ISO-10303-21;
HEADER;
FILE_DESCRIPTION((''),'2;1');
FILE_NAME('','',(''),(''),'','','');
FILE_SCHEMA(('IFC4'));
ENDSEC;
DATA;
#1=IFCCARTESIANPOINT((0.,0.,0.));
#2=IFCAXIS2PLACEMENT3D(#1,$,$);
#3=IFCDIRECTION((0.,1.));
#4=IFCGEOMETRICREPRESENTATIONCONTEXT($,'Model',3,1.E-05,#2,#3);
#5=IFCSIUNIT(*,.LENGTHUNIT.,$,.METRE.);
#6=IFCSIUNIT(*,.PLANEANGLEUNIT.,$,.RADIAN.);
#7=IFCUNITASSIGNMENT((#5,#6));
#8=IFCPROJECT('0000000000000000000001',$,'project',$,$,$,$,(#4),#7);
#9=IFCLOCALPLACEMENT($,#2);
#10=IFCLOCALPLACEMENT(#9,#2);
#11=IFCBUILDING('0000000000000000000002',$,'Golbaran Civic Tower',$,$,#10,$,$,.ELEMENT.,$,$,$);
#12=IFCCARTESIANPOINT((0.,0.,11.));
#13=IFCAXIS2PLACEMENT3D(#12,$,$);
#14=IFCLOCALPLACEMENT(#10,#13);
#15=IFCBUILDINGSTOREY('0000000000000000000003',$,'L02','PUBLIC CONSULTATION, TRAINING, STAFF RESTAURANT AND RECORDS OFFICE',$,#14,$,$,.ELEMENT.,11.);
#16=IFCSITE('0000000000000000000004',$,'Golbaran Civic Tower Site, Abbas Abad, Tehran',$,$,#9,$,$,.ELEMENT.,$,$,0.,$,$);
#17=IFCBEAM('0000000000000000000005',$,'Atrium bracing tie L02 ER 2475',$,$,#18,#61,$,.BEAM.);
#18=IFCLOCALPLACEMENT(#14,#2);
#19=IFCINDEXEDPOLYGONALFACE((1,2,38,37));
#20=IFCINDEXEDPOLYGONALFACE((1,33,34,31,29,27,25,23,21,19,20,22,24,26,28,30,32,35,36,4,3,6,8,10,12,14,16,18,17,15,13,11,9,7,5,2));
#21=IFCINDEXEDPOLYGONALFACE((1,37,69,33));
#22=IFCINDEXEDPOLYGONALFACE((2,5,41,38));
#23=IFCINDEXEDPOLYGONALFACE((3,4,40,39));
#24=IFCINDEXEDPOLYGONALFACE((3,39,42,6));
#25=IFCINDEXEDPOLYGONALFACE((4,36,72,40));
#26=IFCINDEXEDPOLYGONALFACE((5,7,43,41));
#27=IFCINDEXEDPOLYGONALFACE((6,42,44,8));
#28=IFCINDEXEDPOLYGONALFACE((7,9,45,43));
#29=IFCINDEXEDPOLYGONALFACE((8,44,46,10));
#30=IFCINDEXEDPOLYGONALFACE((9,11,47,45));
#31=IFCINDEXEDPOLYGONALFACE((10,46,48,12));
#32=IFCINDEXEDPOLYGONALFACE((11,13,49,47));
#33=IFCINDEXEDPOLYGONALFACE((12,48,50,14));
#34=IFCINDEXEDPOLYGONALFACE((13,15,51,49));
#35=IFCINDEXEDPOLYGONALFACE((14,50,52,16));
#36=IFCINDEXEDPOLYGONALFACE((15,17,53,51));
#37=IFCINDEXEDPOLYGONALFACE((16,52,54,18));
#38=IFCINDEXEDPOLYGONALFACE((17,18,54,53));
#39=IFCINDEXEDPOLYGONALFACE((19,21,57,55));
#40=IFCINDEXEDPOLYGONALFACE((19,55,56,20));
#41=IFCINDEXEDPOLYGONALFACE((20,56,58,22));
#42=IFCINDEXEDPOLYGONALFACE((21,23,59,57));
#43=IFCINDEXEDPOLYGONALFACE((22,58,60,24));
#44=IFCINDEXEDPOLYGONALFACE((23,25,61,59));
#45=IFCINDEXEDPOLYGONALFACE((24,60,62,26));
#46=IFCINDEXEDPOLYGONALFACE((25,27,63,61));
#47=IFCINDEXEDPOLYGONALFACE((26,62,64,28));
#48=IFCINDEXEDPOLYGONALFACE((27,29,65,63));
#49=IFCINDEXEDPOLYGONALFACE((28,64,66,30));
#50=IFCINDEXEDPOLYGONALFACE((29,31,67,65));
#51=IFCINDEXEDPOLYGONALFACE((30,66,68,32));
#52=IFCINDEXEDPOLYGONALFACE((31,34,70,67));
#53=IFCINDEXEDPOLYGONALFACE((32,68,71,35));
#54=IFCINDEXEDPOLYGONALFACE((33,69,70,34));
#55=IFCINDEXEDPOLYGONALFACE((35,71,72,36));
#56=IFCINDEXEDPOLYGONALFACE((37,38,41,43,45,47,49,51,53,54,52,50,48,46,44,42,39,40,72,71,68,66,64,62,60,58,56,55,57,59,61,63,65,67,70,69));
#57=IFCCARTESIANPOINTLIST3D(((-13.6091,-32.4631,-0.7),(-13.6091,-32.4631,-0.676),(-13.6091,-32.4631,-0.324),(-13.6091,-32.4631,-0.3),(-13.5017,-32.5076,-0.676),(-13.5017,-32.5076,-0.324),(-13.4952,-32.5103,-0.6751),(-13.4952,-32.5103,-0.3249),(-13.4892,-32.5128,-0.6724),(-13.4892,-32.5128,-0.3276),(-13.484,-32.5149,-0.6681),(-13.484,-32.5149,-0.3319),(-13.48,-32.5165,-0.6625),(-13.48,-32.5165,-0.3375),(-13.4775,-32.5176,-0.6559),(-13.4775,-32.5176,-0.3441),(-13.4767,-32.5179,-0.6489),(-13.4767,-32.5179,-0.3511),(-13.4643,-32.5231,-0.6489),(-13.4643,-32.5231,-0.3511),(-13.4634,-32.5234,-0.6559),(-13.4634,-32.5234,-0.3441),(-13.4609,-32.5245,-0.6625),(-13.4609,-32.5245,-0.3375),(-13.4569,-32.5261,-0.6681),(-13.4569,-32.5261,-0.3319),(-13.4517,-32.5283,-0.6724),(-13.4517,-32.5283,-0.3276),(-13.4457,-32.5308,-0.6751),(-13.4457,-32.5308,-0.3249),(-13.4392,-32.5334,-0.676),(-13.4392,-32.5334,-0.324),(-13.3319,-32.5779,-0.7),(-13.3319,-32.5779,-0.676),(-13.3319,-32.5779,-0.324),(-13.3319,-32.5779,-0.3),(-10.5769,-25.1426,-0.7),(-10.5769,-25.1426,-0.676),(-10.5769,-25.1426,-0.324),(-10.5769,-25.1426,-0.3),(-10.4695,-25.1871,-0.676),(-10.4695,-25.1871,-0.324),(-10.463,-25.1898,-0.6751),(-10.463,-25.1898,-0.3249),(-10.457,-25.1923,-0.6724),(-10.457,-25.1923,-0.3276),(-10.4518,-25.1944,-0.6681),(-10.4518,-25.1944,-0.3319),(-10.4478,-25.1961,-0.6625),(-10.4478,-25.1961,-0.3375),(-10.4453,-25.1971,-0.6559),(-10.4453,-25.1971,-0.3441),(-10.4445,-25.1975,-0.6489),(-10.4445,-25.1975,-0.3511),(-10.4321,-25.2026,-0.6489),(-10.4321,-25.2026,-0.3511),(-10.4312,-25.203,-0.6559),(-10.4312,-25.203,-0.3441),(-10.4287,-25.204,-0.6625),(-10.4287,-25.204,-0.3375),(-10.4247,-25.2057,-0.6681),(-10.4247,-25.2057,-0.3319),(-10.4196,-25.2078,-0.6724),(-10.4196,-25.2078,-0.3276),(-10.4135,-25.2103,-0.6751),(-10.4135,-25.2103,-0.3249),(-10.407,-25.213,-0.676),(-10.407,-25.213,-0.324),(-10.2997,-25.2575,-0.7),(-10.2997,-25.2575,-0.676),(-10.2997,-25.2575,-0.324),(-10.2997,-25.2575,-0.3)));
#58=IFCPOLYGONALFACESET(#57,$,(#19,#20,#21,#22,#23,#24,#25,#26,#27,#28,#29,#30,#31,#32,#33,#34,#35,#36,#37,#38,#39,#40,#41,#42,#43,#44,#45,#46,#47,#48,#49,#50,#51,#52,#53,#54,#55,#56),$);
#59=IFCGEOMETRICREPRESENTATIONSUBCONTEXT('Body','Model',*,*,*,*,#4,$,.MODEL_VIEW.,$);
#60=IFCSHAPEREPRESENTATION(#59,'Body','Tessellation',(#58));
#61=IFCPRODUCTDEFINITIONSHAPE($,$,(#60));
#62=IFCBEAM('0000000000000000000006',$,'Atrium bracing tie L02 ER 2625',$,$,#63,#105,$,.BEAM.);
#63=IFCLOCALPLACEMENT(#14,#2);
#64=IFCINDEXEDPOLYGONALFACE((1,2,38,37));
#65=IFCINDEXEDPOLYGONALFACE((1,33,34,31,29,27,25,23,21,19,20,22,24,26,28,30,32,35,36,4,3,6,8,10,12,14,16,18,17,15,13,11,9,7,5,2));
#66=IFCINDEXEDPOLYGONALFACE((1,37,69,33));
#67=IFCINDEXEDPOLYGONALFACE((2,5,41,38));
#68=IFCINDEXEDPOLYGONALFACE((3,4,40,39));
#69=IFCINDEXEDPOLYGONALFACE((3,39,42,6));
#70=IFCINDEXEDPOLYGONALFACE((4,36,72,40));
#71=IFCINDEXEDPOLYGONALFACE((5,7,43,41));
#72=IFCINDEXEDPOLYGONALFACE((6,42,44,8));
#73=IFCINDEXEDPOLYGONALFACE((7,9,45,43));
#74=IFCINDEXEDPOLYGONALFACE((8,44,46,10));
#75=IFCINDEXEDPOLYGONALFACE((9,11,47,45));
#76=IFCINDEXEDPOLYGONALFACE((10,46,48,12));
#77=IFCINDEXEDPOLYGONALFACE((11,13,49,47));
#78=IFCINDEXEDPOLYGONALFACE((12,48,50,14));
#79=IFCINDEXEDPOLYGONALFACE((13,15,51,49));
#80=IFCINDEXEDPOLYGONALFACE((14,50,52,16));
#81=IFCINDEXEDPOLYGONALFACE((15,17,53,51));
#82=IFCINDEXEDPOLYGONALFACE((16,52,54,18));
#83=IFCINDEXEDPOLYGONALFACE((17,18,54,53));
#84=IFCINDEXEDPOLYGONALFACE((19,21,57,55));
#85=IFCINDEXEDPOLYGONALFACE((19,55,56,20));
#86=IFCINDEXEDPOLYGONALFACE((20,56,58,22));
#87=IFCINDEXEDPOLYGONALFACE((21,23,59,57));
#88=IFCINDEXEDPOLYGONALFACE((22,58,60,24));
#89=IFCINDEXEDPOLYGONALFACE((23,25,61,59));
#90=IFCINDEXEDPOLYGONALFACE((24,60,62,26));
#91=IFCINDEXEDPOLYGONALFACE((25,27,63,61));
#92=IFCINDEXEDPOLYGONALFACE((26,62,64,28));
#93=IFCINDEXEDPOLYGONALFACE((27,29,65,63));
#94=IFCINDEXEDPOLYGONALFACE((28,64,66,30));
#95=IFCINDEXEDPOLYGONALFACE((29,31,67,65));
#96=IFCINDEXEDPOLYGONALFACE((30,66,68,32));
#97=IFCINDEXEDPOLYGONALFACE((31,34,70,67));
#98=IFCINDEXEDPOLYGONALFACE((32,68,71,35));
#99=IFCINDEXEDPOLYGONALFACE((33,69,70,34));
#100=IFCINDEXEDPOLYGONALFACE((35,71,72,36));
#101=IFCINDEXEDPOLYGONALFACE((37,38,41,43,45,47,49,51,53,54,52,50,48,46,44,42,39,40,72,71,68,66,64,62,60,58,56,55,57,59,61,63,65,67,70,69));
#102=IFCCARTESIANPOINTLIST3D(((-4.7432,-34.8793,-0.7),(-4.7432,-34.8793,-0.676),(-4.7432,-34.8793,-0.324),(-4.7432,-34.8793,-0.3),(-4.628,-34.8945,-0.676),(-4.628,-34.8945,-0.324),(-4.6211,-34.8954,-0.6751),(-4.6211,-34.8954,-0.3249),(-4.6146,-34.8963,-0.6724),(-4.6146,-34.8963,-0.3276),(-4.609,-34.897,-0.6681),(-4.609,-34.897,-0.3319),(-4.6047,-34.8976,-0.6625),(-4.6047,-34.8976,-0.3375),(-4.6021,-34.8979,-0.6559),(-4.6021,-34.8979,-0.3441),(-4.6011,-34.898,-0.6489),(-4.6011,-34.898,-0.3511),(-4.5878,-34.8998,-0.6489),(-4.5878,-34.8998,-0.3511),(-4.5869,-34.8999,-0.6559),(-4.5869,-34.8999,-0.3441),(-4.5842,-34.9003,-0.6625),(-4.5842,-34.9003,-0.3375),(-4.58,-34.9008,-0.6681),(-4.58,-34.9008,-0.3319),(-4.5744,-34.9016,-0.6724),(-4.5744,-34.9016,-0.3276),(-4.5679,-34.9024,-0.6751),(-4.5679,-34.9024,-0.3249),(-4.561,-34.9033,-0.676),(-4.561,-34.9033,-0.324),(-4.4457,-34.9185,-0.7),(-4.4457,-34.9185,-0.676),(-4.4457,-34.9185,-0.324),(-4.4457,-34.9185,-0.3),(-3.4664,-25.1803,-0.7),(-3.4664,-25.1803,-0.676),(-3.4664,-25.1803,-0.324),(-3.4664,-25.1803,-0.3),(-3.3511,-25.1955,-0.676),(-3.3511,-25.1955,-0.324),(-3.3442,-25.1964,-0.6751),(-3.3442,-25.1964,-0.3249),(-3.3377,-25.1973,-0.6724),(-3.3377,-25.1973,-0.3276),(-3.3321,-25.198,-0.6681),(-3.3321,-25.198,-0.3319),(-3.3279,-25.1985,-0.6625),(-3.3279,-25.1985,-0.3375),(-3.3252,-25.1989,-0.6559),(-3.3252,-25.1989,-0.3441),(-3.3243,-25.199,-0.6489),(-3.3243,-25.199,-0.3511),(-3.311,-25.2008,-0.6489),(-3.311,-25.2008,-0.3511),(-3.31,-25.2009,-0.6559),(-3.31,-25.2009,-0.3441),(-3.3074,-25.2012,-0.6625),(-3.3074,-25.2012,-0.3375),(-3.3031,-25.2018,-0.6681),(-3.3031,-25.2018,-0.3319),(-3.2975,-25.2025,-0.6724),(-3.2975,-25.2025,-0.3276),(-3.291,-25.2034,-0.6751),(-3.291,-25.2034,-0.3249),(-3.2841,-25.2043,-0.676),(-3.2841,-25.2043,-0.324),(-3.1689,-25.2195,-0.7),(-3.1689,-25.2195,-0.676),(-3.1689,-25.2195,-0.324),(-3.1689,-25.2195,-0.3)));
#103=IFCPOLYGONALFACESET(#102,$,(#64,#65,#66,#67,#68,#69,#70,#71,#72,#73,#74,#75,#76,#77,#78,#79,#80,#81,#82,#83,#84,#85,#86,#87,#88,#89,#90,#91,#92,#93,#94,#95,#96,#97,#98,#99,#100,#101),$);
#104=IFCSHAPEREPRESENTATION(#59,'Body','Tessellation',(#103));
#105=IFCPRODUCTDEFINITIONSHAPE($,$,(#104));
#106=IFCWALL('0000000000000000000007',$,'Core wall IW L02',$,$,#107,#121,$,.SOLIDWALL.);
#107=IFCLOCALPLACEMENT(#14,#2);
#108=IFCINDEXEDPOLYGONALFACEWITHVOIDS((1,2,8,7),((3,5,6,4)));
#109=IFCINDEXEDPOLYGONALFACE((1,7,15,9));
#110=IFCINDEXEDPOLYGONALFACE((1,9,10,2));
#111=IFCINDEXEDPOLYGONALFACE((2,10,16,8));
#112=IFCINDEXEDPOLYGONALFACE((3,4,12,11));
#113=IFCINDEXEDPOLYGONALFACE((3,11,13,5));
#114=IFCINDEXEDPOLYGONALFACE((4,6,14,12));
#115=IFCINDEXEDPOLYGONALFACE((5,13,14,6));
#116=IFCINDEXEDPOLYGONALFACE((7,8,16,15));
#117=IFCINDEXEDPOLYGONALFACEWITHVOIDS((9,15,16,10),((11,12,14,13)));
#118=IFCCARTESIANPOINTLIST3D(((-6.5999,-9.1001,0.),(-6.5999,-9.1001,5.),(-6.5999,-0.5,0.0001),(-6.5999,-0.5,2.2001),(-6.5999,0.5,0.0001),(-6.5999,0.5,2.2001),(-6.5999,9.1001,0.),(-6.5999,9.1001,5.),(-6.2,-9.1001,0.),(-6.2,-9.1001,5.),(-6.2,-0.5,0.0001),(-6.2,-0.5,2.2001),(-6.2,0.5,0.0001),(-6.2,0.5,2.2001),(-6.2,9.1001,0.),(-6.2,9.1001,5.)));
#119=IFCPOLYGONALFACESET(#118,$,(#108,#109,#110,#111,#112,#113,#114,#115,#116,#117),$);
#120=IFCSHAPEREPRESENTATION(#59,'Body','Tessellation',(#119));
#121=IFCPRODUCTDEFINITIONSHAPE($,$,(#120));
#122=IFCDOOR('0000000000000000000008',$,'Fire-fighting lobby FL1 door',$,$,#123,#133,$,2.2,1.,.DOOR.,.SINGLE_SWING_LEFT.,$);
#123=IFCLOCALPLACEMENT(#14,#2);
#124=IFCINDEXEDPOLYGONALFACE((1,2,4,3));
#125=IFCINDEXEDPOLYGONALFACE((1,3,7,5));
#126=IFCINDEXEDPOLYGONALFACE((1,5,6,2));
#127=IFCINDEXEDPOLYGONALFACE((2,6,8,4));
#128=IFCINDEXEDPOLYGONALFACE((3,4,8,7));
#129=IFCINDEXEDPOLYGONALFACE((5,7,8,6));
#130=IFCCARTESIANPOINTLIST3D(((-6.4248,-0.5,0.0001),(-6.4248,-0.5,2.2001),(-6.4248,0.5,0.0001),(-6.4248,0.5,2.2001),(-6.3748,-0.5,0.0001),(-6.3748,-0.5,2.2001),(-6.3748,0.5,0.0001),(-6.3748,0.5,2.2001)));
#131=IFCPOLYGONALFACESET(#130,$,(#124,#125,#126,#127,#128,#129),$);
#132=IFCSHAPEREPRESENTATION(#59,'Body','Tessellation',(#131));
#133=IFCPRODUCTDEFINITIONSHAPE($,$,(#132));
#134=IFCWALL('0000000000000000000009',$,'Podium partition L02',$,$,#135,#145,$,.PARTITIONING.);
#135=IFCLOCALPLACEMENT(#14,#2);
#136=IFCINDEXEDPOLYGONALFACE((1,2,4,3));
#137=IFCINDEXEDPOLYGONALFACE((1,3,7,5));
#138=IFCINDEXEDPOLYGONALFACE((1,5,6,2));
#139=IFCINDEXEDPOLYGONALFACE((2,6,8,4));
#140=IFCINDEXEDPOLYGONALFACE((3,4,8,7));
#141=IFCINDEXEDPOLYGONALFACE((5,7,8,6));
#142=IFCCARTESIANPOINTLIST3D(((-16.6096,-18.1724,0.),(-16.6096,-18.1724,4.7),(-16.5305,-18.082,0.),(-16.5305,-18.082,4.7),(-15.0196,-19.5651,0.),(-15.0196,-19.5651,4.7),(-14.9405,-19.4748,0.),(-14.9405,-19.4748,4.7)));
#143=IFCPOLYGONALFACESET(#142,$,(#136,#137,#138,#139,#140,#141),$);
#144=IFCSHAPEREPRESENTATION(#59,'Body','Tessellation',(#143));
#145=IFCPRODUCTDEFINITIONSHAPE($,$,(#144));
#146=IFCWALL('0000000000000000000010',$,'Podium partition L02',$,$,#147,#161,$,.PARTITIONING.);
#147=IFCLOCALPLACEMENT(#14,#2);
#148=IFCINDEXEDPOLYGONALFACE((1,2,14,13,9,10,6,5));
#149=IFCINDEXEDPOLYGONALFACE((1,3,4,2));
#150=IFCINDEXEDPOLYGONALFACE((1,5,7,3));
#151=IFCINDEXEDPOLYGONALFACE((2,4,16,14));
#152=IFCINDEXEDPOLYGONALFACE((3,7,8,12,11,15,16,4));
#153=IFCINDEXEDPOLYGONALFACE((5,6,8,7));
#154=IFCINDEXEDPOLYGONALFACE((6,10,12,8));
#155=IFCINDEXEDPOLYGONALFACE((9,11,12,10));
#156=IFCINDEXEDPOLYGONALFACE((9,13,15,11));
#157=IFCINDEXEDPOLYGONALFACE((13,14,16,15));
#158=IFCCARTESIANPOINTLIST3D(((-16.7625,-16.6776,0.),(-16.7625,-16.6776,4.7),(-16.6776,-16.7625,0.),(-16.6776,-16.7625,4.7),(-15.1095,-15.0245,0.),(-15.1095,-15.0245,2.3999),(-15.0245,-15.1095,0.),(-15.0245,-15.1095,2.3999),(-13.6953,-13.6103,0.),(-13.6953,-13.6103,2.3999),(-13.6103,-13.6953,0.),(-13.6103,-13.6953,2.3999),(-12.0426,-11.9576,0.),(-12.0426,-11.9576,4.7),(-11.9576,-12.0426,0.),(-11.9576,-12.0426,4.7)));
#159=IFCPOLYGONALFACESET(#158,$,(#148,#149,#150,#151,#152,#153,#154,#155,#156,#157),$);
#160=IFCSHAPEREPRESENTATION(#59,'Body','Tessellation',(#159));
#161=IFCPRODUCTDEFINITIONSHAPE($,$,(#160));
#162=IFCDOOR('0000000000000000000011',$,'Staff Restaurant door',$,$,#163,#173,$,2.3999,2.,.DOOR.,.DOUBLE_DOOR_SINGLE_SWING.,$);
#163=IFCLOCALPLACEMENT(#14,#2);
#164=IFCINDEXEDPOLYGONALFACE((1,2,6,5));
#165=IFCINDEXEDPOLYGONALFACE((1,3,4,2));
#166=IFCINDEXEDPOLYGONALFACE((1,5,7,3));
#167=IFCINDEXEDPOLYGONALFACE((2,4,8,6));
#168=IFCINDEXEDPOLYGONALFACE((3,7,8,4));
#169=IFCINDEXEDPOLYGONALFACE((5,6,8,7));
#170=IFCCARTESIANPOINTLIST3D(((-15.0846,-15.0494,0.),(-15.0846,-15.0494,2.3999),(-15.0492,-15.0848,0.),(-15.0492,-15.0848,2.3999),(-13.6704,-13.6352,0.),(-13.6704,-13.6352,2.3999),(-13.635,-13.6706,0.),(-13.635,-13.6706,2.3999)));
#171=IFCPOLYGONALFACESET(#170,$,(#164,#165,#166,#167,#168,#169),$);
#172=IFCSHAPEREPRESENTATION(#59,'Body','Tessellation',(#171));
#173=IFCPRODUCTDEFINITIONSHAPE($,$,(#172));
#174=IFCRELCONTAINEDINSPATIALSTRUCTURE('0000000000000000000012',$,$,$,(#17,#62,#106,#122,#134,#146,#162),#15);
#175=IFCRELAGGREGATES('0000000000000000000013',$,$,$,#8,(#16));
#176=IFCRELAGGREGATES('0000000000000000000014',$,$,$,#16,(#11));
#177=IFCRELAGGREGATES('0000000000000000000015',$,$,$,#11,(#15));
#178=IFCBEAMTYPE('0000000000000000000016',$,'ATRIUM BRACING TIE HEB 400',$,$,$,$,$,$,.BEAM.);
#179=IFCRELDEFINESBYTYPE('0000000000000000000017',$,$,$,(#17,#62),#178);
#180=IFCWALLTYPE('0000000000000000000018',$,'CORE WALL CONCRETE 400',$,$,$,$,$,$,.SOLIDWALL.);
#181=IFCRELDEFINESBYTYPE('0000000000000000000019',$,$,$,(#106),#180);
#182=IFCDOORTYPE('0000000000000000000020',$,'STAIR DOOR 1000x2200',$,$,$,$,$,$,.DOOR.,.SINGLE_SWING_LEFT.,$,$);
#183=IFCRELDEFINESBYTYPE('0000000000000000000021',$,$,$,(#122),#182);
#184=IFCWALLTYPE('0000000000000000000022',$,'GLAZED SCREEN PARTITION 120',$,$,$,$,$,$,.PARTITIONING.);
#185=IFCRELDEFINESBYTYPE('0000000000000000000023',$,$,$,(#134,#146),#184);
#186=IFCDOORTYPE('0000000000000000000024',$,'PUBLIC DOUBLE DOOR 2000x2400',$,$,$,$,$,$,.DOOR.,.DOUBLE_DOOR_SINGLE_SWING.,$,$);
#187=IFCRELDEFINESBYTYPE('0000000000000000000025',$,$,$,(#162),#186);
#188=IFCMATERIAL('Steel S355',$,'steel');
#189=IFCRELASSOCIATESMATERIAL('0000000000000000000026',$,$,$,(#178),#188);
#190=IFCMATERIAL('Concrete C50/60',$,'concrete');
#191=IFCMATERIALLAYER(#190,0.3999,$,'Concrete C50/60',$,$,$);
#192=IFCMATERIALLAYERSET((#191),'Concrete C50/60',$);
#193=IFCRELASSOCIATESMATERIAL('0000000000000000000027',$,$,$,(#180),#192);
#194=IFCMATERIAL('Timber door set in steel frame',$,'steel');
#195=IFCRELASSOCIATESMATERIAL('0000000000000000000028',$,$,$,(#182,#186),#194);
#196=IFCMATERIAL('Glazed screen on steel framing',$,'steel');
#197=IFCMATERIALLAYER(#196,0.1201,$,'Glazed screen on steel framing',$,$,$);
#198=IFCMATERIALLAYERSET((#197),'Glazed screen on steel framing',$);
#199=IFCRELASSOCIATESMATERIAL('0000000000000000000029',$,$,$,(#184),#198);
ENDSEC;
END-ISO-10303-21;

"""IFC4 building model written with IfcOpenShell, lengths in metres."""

from ifc_helpers import new_model, si_unit, direction, frame, frame_2d, origin, origin_2d, place, context, subcontext, project, spatial, rectangle, i_section, extrude, material, layer, layer_set, material_profile, profile_set, type_object, element, fill, save


model = new_model("IFC4")

# Units and contexts
model_context = context("Model", 3, precision=1e-05, world=origin(), true_north=direction((0.0, 1.0)))
body_context = subcontext(model_context, "Body", "Model", "MODEL_VIEW")
ifc_project = project(units=[si_unit("LENGTHUNIT", "METRE"), si_unit("PLANEANGLEUNIT", "RADIAN")], contexts=[model_context])

# Site, building, storey
site_placement = place(None, origin())
site = spatial("IfcSite", under=ifc_project, at=site_placement, Name="Golbaran Civic Tower Site, Abbas Abad, Tehran", CompositionType="ELEMENT", RefElevation=0.0)
building_placement = place(site_placement, origin())
building = spatial("IfcBuilding", under=site, at=building_placement, Name="Golbaran Civic Tower", CompositionType="ELEMENT")
storey_placement = place(building_placement, frame((0.0, 0.0, 11.0)))
storey = spatial("IfcBuildingStorey", under=building, at=storey_placement, Name="L02", Description="PUBLIC CONSULTATION, TRAINING, STAFF RESTAURANT AND RECORDS OFFICE", CompositionType="ELEMENT", Elevation=11.0)

# Shared definitions
ifc_material_1 = material(Name="Steel S355", Category="steel")
ifc_material_2 = material(Name="Concrete C50/60", Category="concrete")

# Beams
ifc_material_profile_1 = material_profile(ifc_material_1, i_section(OverallWidth=0.3, OverallDepth=0.3999, WebThickness=0.0134, FlangeThickness=0.0239, FilletRadius=0.0271, at=origin_2d()), Name="HEB 400")
ifc_profile_set_1 = profile_set([ifc_material_profile_1], Name="Steel S355")
beam_type = type_object("IfcBeamType", Name="ATRIUM BRACING TIE HEB 400", PredefinedType="BEAM", material=ifc_profile_set_1)
beam_1_placement = place(storey_placement, frame((-13.4705, -32.5205, -0.5), z_axis=(0.382678, 0.923882, 0.0), x_axis=(-0.923882, 0.382678, 0.0)))
element("IfcBeam", 1, at=beam_1_placement, inside=storey, type_object=beam_type, Name="Atrium bracing tie L02 ER 2475", PredefinedType="BEAM", context=body_context, shape_type="SweptSolid", body=[
    extrude(i_section(OverallWidth=0.3, OverallDepth=0.3999, WebThickness=0.0134, FlangeThickness=0.0239, FilletRadius=0.0271, at=origin_2d()), origin(), (0.0, 0.0, 1.0), 7.9236),
])
beam_2_placement = place(storey_placement, frame((-4.5945, -34.8989, -0.5), z_axis=(0.130522, 0.991445, 0.0), x_axis=(-0.991445, 0.130522, 0.0)))
element("IfcBeam", 2, at=beam_2_placement, inside=storey, type_object=beam_type, Name="Atrium bracing tie L02 ER 2625", PredefinedType="BEAM", context=body_context, shape_type="SweptSolid", body=[
    extrude(i_section(OverallWidth=0.3, OverallDepth=0.3999, WebThickness=0.0134, FlangeThickness=0.0239, FilletRadius=0.0271, at=origin_2d()), origin(), (0.0, 0.0, 1.0), 9.7827),
])

# Wall, opening, door
ifc_layer_1 = layer(ifc_material_2, 0.3999, Name="Concrete C50/60")
ifc_layer_set_1 = layer_set([ifc_layer_1], Name="Concrete C50/60")
wall_type_1 = type_object("IfcWallType", Name="CORE WALL CONCRETE 400", PredefinedType="SOLIDWALL", material=ifc_layer_set_1)
wall_1_placement = place(storey_placement, frame((-6.3999, -9.1001, 0.0), z_axis=(0.0, 0.0, 1.0), x_axis=(0.0, 1.0, 0.0)))
wall_1 = element("IfcWall", 3, at=wall_1_placement, inside=storey, type_object=wall_type_1, Name="Core wall IW L02", PredefinedType="SOLIDWALL", context=body_context, shape_type="SweptSolid", body=[
    extrude(rectangle(XDim=18.2002, YDim=0.3999, at=frame_2d((9.1001, 0.0))), origin(), (0.0, 0.0, 1.0), 5.0),
])
opening_1_placement = place(wall_1_placement, frame((8.6001, 0.0, 0.0)))
opening_1 = element("IfcOpeningElement", 4, at=opening_1_placement, cuts=wall_1, PredefinedType="OPENING", context=body_context, shape_type="SweptSolid", body=[
    extrude(rectangle(XDim=1.0, YDim=2.2, at=frame_2d((0.5, 1.1001))), frame((0.0, 0.21, 0.0), z_axis=(0.0, -1.0, 0.0), x_axis=(1.0, 0.0, 0.0)), (0.0, 0.0, 1.0), 0.4199),
])
ifc_material_3 = material(Name="Timber door set in steel frame", Category="steel")
door_type_1 = type_object("IfcDoorType", Name="STAIR DOOR 1000x2200", OperationType="SINGLE_SWING_LEFT", PredefinedType="DOOR", material=ifc_material_3)
door_1_placement = place(opening_1_placement, origin())
door_1 = element("IfcDoor", 5, at=door_1_placement, inside=storey, type_object=door_type_1, Name="Fire-fighting lobby FL1 door", OperationType="SINGLE_SWING_LEFT", OverallHeight=2.2, OverallWidth=1.0, PredefinedType="DOOR", context=body_context, shape_type="SweptSolid", body=[
    extrude(rectangle(XDim=1.0, YDim=2.2, at=frame_2d((0.5, 1.1001))), frame((0.0, 0.0249, 0.0), z_axis=(0.0, -1.0, 0.0), x_axis=(1.0, 0.0, 0.0)), (0.0, 0.0, 1.0), 0.05),
])
fill(opening_1, door_1)

# Wall
ifc_material_4 = material(Name="Glazed screen on steel framing", Category="steel")
ifc_layer_2 = layer(ifc_material_4, 0.1201, Name="Glazed screen on steel framing")
ifc_layer_set_2 = layer_set([ifc_layer_2], Name="Glazed screen on steel framing")
wall_type_2 = type_object("IfcWallType", Name="GLAZED SCREEN PARTITION 120", PredefinedType="PARTITIONING", material=ifc_layer_set_2)
wall_2_placement = place(storey_placement, frame((-16.5701, -18.1272, 0.0), z_axis=(0.0, 0.0, 1.0), x_axis=(0.752226, -0.658905, 0.0)))
element("IfcWall", 6, at=wall_2_placement, inside=storey, type_object=wall_type_2, Name="Podium partition L02", PredefinedType="PARTITIONING", context=body_context, shape_type="SweptSolid", body=[
    extrude(rectangle(XDim=2.1138, YDim=0.1201, at=frame_2d((1.0569, 0.0))), origin(), (0.0, 0.0, 1.0), 4.7),
])

# Wall, opening, door
wall_3_placement = place(storey_placement, frame((-16.72, -16.72, 0.0), z_axis=(0.0, 0.0, 1.0), x_axis=(0.707107, 0.707107, 0.0)))
wall_3 = element("IfcWall", 7, at=wall_3_placement, inside=storey, type_object=wall_type_2, Name="Podium partition L02", PredefinedType="PARTITIONING", context=body_context, shape_type="SweptSolid", body=[
    extrude(rectangle(XDim=6.675, YDim=0.1201, at=frame_2d((3.3374, 0.0))), origin(), (0.0, 0.0, 1.0), 4.7),
])
opening_2_placement = place(wall_3_placement, frame((2.3376, 0.0, 0.0)))
opening_2 = element("IfcOpeningElement", 8, at=opening_2_placement, cuts=wall_3, PredefinedType="OPENING", context=body_context, shape_type="SweptSolid", body=[
    extrude(rectangle(XDim=2.0, YDim=2.3999, at=frame_2d((1.0, 1.2))), frame((0.0, 0.0701, 0.0), z_axis=(0.0, -1.0, 0.0), x_axis=(1.0, 0.0, 0.0)), (0.0, 0.0, 1.0), 0.1401),
])
door_type_2 = type_object("IfcDoorType", Name="PUBLIC DOUBLE DOOR 2000x2400", OperationType="DOUBLE_DOOR_SINGLE_SWING", PredefinedType="DOOR", material=ifc_material_3)
door_2_placement = place(opening_2_placement, origin())
door_2 = element("IfcDoor", 9, at=door_2_placement, inside=storey, type_object=door_type_2, Name="Staff Restaurant door", OperationType="DOUBLE_DOOR_SINGLE_SWING", OverallHeight=2.3999, OverallWidth=2.0, PredefinedType="DOOR", context=body_context, shape_type="SweptSolid", body=[
    extrude(rectangle(XDim=2.0, YDim=2.3999, at=frame_2d((1.0, 1.2))), frame((0.0, 0.0249, 0.0), z_axis=(0.0, -1.0, 0.0), x_axis=(1.0, 0.0, 0.0)), (0.0, 0.0, 1.0), 0.05),
])
fill(opening_2, door_2)

save(model, "model.ifc")
